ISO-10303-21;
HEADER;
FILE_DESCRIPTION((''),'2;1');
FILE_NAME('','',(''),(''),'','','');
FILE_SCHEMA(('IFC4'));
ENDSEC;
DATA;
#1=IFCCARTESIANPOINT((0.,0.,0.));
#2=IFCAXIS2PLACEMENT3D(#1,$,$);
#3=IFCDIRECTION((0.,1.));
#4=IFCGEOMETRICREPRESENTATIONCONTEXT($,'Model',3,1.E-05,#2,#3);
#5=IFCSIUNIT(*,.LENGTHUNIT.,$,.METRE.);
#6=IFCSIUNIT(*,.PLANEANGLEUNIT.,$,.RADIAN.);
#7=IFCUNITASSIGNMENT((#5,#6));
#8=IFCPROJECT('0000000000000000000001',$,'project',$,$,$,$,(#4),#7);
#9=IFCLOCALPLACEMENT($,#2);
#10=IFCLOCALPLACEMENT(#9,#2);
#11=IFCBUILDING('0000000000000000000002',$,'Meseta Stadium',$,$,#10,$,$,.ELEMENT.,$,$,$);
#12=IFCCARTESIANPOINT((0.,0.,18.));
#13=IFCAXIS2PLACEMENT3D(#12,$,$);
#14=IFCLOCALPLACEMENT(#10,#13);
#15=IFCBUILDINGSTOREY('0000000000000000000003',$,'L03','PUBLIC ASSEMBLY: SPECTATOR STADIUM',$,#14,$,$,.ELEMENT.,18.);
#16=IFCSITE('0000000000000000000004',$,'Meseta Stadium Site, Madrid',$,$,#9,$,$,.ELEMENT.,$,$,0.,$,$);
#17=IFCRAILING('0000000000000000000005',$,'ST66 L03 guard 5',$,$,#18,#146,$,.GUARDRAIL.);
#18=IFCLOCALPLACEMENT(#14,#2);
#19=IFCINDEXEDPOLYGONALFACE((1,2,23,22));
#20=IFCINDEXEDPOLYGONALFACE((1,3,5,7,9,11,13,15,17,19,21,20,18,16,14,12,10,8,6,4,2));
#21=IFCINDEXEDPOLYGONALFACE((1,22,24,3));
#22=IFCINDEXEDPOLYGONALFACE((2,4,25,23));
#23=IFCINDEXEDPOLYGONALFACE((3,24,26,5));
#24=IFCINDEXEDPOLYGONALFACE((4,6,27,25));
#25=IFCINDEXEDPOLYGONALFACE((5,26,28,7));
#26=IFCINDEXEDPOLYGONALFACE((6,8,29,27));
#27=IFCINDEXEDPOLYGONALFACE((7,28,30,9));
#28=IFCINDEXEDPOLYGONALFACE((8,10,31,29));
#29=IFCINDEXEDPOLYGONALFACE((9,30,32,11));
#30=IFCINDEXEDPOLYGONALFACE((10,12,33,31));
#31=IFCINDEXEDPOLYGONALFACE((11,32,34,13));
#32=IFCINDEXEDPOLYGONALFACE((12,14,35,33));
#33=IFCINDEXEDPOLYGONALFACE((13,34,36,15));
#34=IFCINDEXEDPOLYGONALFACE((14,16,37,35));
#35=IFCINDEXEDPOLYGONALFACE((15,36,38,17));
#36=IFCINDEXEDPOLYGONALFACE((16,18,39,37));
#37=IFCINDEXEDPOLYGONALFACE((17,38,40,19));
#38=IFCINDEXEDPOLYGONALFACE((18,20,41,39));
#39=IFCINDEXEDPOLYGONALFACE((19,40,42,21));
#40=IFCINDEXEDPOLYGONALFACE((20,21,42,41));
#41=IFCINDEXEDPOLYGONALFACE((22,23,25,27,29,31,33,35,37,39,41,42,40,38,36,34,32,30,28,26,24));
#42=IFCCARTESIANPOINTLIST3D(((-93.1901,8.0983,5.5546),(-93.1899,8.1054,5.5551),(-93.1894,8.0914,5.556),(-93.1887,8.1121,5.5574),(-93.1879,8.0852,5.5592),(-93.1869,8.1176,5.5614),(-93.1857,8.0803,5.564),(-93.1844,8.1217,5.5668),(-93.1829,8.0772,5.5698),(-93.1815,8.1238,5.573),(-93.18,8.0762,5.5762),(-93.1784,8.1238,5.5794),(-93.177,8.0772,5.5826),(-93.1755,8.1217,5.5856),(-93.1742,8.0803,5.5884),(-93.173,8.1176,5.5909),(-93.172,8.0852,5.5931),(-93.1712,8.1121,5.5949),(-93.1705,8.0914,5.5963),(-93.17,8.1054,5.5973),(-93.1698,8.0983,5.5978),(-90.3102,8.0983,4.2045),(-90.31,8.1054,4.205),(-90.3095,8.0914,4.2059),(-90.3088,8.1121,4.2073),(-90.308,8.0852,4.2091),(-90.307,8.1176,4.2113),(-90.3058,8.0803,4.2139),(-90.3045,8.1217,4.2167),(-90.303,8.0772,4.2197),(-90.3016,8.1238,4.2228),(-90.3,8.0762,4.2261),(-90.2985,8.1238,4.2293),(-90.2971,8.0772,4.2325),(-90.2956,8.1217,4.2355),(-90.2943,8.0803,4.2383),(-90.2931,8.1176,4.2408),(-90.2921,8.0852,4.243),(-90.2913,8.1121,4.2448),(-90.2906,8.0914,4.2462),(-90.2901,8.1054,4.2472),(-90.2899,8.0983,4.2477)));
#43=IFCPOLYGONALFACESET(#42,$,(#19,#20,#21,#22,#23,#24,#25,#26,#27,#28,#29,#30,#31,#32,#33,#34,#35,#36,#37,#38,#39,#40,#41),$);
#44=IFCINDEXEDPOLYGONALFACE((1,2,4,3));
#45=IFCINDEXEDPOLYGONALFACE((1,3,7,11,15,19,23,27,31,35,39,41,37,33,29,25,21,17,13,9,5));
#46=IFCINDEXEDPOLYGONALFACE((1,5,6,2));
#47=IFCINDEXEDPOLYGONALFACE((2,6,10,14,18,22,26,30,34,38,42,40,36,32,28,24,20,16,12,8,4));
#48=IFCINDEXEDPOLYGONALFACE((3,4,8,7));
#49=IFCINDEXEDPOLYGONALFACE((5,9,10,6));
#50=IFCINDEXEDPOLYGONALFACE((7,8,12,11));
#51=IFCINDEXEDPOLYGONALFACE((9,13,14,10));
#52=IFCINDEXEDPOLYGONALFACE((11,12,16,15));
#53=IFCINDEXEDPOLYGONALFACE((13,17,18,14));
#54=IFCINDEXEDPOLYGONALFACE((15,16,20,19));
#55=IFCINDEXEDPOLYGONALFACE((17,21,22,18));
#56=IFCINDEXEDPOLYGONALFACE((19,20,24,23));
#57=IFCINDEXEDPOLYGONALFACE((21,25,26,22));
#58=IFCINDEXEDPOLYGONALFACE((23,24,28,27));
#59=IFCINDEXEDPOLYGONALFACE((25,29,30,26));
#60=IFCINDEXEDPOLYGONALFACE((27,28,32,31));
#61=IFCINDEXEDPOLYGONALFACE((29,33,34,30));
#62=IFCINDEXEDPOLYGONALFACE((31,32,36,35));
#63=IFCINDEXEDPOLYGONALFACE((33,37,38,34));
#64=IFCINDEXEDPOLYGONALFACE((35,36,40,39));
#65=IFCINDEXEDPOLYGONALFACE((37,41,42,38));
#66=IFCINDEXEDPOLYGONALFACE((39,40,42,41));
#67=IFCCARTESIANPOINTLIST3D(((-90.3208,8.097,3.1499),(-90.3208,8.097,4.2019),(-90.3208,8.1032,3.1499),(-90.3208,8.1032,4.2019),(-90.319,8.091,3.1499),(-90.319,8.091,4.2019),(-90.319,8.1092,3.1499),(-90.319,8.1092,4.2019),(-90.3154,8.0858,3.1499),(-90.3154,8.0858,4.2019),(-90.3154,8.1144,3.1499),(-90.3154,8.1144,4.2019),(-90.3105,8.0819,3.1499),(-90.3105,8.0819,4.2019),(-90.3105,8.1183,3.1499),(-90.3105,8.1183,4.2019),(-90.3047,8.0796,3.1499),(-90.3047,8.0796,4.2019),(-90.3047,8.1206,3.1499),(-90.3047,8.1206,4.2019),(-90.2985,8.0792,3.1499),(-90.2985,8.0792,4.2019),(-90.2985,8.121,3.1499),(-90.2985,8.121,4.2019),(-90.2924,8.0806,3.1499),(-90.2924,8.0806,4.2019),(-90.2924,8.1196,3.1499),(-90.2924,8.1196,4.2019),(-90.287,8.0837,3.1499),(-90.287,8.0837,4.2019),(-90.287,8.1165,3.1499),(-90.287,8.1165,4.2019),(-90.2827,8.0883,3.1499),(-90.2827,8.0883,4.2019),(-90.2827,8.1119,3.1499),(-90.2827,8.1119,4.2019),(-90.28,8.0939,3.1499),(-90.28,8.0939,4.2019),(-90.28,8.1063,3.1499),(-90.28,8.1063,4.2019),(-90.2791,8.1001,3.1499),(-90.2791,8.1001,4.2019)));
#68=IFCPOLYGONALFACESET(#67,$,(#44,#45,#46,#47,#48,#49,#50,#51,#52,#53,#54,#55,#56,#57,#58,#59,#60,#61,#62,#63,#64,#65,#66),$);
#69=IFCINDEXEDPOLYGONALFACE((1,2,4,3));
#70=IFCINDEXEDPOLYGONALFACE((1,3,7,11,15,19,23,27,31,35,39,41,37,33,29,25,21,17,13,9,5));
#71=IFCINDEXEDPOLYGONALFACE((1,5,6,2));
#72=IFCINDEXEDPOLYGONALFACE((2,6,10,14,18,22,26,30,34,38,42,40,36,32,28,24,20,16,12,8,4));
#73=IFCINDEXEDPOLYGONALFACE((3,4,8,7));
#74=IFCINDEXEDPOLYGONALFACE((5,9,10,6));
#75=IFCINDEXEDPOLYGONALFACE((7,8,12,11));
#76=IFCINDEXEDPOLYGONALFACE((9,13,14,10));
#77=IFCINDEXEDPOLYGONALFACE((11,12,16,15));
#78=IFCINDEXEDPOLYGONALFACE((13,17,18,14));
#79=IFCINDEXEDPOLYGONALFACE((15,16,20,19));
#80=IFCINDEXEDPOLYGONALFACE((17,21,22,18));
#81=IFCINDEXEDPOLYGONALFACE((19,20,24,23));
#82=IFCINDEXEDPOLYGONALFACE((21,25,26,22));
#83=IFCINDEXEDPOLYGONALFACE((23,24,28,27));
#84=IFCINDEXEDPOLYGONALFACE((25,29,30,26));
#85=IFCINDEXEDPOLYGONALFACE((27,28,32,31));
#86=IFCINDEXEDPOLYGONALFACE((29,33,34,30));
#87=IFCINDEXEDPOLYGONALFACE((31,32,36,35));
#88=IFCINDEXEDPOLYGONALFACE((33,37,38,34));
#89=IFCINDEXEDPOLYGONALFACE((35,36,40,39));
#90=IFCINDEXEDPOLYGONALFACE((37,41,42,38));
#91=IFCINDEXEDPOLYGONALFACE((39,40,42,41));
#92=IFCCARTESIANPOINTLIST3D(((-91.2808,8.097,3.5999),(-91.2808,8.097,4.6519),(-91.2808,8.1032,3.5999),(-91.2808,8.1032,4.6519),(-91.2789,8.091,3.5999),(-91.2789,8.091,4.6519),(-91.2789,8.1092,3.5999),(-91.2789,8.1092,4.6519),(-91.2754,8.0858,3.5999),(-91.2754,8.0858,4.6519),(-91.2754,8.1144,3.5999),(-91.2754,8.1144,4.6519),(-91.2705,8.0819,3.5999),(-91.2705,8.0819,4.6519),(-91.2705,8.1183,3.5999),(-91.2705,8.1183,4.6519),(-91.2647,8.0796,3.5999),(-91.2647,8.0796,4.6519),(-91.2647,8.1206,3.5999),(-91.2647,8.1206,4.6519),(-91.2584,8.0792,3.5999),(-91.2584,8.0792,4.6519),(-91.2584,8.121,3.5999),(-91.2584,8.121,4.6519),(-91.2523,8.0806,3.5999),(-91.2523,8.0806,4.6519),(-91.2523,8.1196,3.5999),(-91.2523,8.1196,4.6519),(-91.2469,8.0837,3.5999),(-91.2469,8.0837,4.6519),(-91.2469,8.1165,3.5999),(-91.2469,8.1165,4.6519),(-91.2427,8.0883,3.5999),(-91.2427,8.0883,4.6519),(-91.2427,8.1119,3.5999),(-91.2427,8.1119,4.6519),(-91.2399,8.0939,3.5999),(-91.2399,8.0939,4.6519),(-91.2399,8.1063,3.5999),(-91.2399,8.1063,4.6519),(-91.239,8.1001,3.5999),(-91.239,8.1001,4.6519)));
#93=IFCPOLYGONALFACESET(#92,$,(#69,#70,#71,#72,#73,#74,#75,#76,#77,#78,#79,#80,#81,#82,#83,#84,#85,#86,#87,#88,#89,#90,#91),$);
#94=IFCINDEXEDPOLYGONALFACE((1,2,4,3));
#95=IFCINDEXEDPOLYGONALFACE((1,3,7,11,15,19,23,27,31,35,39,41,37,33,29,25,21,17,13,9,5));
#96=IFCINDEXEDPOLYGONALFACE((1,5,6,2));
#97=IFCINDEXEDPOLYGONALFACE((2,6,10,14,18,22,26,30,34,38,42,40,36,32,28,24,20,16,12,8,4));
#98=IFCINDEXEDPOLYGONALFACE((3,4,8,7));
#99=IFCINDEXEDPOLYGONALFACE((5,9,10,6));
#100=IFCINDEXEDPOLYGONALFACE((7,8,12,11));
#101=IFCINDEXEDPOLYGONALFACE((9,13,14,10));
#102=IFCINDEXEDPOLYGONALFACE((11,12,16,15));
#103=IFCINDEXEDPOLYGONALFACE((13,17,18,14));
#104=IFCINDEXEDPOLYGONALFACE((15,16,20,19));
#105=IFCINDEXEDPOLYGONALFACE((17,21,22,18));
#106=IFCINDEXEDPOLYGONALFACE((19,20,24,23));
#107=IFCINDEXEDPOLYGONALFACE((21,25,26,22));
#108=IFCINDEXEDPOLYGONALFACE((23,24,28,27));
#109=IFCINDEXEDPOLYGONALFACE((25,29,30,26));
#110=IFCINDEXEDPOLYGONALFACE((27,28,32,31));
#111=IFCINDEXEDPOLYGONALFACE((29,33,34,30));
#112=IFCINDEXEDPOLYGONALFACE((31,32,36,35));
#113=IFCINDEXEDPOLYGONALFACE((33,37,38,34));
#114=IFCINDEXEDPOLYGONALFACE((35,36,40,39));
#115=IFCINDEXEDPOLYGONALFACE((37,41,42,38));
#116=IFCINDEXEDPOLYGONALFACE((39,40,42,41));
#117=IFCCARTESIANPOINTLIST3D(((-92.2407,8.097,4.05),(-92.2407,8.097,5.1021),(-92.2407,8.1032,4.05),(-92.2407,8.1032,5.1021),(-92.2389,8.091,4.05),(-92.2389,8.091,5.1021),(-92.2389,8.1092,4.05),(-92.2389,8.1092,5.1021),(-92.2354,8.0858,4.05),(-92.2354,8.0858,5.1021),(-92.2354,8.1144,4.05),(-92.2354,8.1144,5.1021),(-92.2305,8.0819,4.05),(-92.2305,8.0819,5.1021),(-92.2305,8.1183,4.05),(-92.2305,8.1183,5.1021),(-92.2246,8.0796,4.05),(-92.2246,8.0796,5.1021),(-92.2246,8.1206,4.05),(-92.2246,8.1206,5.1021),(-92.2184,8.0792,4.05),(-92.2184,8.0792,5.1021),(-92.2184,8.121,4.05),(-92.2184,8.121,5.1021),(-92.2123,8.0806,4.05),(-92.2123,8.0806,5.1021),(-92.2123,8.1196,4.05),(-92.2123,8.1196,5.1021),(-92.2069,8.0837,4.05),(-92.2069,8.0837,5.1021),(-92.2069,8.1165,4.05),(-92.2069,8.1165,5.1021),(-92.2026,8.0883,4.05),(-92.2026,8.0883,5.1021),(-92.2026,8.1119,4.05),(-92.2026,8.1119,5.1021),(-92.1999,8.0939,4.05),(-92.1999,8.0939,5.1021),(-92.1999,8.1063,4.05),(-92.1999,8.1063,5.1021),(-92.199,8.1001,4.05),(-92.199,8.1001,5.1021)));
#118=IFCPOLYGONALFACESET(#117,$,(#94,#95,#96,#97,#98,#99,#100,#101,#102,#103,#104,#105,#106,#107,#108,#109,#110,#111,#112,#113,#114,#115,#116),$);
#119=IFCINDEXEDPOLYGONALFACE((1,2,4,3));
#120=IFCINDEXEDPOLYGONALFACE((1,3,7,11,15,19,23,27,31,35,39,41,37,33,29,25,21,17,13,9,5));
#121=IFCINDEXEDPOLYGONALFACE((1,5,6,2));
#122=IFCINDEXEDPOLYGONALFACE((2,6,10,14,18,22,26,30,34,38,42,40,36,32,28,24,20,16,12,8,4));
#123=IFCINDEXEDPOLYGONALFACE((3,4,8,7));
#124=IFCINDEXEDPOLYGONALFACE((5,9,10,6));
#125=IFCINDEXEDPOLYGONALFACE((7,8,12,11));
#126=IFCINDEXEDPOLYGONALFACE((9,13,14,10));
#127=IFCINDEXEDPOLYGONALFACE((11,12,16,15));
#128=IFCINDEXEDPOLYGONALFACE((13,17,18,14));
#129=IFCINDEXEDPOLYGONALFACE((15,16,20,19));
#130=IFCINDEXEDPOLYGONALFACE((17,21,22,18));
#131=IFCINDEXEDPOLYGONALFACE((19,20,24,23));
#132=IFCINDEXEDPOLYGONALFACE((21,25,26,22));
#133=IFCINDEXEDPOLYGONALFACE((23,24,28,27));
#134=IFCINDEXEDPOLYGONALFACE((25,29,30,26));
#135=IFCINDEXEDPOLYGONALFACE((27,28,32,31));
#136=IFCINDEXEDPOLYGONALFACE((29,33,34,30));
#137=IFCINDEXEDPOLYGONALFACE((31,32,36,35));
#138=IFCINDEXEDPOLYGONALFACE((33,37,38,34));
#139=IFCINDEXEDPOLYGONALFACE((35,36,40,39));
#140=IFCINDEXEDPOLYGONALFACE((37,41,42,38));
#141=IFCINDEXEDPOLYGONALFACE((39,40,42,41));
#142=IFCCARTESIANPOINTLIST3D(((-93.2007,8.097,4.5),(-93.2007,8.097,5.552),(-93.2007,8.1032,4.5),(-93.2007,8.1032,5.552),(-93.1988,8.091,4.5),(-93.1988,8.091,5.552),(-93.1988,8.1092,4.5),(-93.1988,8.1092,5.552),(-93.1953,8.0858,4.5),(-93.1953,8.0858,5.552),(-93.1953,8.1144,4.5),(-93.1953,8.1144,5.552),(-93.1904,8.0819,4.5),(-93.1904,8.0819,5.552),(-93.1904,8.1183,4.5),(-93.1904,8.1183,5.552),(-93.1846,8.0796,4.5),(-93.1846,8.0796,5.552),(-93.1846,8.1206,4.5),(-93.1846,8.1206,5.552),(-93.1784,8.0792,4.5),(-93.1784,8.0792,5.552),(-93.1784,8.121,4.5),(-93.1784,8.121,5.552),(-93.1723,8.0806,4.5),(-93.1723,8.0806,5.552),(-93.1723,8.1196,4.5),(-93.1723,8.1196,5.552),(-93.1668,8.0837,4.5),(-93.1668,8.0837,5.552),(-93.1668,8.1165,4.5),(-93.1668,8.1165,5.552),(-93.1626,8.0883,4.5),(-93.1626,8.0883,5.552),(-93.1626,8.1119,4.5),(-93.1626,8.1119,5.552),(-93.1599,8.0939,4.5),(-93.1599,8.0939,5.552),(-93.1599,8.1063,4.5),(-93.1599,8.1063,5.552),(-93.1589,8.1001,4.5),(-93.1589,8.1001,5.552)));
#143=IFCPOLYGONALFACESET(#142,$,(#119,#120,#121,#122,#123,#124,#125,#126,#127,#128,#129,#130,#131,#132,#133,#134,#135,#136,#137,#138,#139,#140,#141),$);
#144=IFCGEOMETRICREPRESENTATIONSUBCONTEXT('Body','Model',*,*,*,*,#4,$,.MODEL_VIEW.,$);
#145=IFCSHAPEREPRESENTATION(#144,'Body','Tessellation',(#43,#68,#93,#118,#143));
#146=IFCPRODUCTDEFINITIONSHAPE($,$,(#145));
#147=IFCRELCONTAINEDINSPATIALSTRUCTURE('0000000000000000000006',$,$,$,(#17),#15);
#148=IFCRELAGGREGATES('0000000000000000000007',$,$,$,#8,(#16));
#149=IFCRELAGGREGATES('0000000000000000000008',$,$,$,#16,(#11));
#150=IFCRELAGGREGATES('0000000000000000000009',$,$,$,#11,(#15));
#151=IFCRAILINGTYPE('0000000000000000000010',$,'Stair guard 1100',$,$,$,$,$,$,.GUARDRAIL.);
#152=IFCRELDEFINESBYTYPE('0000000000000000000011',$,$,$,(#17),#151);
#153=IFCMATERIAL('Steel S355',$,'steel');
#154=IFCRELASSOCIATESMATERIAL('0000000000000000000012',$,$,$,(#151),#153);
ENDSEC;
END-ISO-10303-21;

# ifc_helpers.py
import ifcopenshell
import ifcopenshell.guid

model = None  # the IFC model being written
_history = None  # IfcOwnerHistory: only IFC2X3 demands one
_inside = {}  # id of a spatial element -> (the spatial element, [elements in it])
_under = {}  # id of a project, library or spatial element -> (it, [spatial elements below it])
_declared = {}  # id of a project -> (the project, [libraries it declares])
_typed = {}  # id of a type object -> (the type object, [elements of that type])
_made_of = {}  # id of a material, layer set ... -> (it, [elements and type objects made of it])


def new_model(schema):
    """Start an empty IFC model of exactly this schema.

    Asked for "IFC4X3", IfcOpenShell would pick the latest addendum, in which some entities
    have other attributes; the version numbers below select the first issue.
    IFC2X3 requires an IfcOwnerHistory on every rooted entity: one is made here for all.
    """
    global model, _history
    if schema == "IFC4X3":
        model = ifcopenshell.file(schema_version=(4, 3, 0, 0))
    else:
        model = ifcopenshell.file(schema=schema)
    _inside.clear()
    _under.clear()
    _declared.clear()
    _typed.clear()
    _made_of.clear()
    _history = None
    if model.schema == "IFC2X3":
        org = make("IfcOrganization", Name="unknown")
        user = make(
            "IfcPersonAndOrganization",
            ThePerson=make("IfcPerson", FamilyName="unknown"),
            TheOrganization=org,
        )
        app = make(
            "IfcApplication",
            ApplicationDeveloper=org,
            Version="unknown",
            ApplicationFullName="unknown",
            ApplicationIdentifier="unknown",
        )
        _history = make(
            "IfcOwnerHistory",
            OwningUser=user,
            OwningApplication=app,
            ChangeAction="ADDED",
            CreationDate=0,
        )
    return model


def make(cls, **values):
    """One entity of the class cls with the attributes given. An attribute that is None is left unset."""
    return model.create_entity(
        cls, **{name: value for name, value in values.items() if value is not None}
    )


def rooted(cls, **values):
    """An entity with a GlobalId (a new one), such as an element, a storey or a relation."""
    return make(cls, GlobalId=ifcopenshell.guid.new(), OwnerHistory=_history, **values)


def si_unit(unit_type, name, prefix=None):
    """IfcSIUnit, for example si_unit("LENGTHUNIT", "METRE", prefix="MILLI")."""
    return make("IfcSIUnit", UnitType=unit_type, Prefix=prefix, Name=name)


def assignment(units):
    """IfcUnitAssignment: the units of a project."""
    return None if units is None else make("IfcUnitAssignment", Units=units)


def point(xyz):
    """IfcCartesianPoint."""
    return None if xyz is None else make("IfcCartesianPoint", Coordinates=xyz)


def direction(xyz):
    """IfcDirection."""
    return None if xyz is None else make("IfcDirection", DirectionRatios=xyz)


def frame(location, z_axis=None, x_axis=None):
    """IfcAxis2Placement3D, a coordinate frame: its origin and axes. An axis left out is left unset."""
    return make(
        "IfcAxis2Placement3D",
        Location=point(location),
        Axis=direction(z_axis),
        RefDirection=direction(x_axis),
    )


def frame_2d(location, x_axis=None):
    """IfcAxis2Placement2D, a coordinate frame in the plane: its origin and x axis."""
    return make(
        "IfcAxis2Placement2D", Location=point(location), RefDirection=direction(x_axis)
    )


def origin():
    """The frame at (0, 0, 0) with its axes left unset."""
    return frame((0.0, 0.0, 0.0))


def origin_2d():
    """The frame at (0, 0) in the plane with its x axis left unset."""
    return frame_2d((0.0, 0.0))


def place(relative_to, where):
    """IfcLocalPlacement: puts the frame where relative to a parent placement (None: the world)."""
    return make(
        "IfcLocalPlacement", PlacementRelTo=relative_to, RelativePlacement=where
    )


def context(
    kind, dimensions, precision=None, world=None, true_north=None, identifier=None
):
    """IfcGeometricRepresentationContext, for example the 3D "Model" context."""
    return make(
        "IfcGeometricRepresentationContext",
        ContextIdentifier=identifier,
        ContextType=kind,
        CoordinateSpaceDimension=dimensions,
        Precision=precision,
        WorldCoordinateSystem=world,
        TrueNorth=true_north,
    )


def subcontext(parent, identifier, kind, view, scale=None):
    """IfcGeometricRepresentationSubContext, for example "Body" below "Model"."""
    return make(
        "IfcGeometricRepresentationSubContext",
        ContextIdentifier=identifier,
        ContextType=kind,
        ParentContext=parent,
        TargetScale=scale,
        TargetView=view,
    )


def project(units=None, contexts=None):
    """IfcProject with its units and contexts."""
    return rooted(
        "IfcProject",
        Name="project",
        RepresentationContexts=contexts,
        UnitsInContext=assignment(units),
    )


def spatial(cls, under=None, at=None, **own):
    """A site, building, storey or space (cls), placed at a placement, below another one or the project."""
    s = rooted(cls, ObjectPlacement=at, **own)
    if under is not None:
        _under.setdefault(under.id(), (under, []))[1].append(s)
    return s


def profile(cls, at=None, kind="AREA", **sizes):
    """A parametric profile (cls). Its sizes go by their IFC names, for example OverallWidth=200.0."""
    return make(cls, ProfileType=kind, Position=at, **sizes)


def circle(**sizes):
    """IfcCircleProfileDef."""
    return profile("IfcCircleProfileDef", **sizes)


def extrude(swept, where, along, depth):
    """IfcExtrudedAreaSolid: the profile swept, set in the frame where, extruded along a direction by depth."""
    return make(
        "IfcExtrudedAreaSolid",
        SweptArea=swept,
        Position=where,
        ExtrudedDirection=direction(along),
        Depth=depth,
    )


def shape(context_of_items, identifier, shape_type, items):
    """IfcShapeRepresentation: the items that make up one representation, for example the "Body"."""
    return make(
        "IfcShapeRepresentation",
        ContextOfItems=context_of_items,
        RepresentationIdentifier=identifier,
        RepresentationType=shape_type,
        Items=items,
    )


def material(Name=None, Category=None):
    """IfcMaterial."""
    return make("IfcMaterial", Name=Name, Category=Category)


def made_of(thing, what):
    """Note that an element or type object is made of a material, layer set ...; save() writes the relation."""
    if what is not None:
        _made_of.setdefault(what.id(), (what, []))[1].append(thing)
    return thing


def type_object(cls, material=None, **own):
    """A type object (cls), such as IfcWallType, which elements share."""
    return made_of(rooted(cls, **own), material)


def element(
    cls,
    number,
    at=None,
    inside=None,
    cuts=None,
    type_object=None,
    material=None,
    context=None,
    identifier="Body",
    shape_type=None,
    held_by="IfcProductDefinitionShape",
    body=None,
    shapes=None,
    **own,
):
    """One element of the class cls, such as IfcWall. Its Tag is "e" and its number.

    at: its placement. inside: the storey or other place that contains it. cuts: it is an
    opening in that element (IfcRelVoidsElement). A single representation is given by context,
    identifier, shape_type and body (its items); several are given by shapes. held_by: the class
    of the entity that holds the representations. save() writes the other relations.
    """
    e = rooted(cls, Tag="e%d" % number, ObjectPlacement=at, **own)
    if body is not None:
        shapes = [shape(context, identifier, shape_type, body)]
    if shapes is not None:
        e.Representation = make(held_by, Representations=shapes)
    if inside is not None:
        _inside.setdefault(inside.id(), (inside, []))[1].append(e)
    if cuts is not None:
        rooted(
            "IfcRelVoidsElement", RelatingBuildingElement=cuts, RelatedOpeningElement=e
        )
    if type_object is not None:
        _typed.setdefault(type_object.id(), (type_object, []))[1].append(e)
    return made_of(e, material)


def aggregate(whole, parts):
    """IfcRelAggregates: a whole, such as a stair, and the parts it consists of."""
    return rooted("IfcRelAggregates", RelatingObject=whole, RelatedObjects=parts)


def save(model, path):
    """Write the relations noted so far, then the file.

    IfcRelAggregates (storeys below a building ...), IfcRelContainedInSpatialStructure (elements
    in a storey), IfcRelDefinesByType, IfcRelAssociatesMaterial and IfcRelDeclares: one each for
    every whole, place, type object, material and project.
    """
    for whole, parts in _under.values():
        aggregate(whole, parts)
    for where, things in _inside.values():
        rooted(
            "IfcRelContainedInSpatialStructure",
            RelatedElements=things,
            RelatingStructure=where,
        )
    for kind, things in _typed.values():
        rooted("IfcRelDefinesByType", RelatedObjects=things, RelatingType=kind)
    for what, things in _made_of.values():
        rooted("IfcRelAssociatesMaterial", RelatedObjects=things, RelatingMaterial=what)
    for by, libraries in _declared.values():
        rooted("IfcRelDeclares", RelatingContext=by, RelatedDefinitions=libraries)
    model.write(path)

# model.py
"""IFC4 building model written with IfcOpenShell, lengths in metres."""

from ifc_helpers import new_model, si_unit, direction, frame, origin, origin_2d, place, context, subcontext, project, spatial, circle, extrude, material, type_object, element, save


model = new_model("IFC4")

# Units and contexts
model_context = context("Model", 3, precision=1e-05, world=origin(), true_north=direction((0.0, 1.0)))
body_context = subcontext(model_context, "Body", "Model", "MODEL_VIEW")
ifc_project = project(units=[si_unit("LENGTHUNIT", "METRE"), si_unit("PLANEANGLEUNIT", "RADIAN")], contexts=[model_context])

# Site, building, storey
site_placement = place(None, origin())
site = spatial("IfcSite", under=ifc_project, at=site_placement, Name="Meseta Stadium Site, Madrid", CompositionType="ELEMENT", RefElevation=0.0)
building_placement = place(site_placement, origin())
building = spatial("IfcBuilding", under=site, at=building_placement, Name="Meseta Stadium", CompositionType="ELEMENT")
storey_placement = place(building_placement, frame((0.0, 0.0, 18.0)))
storey = spatial("IfcBuildingStorey", under=building, at=storey_placement, Name="L03", Description="PUBLIC ASSEMBLY: SPECTATOR STADIUM", CompositionType="ELEMENT", Elevation=18.0)

# Railing
ifc_material_1 = material(Name="Steel S355", Category="steel")
railing_type_1 = type_object("IfcRailingType", Name="Stair guard 1100", PredefinedType="GUARDRAIL", material=ifc_material_1)
railing_1_placement = place(storey_placement, frame((-90.3, 8.1001, 3.1499)))
element("IfcRailing", 1, at=railing_1_placement, inside=storey, type_object=railing_type_1, Name="ST66 L03 guard 5", PredefinedType="GUARDRAIL", context=body_context, shape_type="SweptSolid", body=[
    extrude(circle(Radius=0.0239, at=origin_2d()), frame((0.0, 0.0, 1.0762), z_axis=(-0.90544, 0.0, 0.424473), x_axis=(0.0, -1.0, 0.0)), (0.0, 0.0, 1.0), 3.1807),
    extrude(circle(Radius=0.021, at=origin_2d()), origin(), (0.0, 0.0, 1.0), 1.052),
    extrude(circle(Radius=0.021, at=origin_2d()), frame((-0.96, 0.0, 0.45)), (0.0, 0.0, 1.0), 1.052),
    extrude(circle(Radius=0.021, at=origin_2d()), frame((-1.9199, 0.0, 0.9001)), (0.0, 0.0, 1.0), 1.052),
    extrude(circle(Radius=0.021, at=origin_2d()), frame((-2.8799, 0.0, 1.3501)), (0.0, 0.0, 1.0), 1.052),
])

save(model, "model.ifc")
